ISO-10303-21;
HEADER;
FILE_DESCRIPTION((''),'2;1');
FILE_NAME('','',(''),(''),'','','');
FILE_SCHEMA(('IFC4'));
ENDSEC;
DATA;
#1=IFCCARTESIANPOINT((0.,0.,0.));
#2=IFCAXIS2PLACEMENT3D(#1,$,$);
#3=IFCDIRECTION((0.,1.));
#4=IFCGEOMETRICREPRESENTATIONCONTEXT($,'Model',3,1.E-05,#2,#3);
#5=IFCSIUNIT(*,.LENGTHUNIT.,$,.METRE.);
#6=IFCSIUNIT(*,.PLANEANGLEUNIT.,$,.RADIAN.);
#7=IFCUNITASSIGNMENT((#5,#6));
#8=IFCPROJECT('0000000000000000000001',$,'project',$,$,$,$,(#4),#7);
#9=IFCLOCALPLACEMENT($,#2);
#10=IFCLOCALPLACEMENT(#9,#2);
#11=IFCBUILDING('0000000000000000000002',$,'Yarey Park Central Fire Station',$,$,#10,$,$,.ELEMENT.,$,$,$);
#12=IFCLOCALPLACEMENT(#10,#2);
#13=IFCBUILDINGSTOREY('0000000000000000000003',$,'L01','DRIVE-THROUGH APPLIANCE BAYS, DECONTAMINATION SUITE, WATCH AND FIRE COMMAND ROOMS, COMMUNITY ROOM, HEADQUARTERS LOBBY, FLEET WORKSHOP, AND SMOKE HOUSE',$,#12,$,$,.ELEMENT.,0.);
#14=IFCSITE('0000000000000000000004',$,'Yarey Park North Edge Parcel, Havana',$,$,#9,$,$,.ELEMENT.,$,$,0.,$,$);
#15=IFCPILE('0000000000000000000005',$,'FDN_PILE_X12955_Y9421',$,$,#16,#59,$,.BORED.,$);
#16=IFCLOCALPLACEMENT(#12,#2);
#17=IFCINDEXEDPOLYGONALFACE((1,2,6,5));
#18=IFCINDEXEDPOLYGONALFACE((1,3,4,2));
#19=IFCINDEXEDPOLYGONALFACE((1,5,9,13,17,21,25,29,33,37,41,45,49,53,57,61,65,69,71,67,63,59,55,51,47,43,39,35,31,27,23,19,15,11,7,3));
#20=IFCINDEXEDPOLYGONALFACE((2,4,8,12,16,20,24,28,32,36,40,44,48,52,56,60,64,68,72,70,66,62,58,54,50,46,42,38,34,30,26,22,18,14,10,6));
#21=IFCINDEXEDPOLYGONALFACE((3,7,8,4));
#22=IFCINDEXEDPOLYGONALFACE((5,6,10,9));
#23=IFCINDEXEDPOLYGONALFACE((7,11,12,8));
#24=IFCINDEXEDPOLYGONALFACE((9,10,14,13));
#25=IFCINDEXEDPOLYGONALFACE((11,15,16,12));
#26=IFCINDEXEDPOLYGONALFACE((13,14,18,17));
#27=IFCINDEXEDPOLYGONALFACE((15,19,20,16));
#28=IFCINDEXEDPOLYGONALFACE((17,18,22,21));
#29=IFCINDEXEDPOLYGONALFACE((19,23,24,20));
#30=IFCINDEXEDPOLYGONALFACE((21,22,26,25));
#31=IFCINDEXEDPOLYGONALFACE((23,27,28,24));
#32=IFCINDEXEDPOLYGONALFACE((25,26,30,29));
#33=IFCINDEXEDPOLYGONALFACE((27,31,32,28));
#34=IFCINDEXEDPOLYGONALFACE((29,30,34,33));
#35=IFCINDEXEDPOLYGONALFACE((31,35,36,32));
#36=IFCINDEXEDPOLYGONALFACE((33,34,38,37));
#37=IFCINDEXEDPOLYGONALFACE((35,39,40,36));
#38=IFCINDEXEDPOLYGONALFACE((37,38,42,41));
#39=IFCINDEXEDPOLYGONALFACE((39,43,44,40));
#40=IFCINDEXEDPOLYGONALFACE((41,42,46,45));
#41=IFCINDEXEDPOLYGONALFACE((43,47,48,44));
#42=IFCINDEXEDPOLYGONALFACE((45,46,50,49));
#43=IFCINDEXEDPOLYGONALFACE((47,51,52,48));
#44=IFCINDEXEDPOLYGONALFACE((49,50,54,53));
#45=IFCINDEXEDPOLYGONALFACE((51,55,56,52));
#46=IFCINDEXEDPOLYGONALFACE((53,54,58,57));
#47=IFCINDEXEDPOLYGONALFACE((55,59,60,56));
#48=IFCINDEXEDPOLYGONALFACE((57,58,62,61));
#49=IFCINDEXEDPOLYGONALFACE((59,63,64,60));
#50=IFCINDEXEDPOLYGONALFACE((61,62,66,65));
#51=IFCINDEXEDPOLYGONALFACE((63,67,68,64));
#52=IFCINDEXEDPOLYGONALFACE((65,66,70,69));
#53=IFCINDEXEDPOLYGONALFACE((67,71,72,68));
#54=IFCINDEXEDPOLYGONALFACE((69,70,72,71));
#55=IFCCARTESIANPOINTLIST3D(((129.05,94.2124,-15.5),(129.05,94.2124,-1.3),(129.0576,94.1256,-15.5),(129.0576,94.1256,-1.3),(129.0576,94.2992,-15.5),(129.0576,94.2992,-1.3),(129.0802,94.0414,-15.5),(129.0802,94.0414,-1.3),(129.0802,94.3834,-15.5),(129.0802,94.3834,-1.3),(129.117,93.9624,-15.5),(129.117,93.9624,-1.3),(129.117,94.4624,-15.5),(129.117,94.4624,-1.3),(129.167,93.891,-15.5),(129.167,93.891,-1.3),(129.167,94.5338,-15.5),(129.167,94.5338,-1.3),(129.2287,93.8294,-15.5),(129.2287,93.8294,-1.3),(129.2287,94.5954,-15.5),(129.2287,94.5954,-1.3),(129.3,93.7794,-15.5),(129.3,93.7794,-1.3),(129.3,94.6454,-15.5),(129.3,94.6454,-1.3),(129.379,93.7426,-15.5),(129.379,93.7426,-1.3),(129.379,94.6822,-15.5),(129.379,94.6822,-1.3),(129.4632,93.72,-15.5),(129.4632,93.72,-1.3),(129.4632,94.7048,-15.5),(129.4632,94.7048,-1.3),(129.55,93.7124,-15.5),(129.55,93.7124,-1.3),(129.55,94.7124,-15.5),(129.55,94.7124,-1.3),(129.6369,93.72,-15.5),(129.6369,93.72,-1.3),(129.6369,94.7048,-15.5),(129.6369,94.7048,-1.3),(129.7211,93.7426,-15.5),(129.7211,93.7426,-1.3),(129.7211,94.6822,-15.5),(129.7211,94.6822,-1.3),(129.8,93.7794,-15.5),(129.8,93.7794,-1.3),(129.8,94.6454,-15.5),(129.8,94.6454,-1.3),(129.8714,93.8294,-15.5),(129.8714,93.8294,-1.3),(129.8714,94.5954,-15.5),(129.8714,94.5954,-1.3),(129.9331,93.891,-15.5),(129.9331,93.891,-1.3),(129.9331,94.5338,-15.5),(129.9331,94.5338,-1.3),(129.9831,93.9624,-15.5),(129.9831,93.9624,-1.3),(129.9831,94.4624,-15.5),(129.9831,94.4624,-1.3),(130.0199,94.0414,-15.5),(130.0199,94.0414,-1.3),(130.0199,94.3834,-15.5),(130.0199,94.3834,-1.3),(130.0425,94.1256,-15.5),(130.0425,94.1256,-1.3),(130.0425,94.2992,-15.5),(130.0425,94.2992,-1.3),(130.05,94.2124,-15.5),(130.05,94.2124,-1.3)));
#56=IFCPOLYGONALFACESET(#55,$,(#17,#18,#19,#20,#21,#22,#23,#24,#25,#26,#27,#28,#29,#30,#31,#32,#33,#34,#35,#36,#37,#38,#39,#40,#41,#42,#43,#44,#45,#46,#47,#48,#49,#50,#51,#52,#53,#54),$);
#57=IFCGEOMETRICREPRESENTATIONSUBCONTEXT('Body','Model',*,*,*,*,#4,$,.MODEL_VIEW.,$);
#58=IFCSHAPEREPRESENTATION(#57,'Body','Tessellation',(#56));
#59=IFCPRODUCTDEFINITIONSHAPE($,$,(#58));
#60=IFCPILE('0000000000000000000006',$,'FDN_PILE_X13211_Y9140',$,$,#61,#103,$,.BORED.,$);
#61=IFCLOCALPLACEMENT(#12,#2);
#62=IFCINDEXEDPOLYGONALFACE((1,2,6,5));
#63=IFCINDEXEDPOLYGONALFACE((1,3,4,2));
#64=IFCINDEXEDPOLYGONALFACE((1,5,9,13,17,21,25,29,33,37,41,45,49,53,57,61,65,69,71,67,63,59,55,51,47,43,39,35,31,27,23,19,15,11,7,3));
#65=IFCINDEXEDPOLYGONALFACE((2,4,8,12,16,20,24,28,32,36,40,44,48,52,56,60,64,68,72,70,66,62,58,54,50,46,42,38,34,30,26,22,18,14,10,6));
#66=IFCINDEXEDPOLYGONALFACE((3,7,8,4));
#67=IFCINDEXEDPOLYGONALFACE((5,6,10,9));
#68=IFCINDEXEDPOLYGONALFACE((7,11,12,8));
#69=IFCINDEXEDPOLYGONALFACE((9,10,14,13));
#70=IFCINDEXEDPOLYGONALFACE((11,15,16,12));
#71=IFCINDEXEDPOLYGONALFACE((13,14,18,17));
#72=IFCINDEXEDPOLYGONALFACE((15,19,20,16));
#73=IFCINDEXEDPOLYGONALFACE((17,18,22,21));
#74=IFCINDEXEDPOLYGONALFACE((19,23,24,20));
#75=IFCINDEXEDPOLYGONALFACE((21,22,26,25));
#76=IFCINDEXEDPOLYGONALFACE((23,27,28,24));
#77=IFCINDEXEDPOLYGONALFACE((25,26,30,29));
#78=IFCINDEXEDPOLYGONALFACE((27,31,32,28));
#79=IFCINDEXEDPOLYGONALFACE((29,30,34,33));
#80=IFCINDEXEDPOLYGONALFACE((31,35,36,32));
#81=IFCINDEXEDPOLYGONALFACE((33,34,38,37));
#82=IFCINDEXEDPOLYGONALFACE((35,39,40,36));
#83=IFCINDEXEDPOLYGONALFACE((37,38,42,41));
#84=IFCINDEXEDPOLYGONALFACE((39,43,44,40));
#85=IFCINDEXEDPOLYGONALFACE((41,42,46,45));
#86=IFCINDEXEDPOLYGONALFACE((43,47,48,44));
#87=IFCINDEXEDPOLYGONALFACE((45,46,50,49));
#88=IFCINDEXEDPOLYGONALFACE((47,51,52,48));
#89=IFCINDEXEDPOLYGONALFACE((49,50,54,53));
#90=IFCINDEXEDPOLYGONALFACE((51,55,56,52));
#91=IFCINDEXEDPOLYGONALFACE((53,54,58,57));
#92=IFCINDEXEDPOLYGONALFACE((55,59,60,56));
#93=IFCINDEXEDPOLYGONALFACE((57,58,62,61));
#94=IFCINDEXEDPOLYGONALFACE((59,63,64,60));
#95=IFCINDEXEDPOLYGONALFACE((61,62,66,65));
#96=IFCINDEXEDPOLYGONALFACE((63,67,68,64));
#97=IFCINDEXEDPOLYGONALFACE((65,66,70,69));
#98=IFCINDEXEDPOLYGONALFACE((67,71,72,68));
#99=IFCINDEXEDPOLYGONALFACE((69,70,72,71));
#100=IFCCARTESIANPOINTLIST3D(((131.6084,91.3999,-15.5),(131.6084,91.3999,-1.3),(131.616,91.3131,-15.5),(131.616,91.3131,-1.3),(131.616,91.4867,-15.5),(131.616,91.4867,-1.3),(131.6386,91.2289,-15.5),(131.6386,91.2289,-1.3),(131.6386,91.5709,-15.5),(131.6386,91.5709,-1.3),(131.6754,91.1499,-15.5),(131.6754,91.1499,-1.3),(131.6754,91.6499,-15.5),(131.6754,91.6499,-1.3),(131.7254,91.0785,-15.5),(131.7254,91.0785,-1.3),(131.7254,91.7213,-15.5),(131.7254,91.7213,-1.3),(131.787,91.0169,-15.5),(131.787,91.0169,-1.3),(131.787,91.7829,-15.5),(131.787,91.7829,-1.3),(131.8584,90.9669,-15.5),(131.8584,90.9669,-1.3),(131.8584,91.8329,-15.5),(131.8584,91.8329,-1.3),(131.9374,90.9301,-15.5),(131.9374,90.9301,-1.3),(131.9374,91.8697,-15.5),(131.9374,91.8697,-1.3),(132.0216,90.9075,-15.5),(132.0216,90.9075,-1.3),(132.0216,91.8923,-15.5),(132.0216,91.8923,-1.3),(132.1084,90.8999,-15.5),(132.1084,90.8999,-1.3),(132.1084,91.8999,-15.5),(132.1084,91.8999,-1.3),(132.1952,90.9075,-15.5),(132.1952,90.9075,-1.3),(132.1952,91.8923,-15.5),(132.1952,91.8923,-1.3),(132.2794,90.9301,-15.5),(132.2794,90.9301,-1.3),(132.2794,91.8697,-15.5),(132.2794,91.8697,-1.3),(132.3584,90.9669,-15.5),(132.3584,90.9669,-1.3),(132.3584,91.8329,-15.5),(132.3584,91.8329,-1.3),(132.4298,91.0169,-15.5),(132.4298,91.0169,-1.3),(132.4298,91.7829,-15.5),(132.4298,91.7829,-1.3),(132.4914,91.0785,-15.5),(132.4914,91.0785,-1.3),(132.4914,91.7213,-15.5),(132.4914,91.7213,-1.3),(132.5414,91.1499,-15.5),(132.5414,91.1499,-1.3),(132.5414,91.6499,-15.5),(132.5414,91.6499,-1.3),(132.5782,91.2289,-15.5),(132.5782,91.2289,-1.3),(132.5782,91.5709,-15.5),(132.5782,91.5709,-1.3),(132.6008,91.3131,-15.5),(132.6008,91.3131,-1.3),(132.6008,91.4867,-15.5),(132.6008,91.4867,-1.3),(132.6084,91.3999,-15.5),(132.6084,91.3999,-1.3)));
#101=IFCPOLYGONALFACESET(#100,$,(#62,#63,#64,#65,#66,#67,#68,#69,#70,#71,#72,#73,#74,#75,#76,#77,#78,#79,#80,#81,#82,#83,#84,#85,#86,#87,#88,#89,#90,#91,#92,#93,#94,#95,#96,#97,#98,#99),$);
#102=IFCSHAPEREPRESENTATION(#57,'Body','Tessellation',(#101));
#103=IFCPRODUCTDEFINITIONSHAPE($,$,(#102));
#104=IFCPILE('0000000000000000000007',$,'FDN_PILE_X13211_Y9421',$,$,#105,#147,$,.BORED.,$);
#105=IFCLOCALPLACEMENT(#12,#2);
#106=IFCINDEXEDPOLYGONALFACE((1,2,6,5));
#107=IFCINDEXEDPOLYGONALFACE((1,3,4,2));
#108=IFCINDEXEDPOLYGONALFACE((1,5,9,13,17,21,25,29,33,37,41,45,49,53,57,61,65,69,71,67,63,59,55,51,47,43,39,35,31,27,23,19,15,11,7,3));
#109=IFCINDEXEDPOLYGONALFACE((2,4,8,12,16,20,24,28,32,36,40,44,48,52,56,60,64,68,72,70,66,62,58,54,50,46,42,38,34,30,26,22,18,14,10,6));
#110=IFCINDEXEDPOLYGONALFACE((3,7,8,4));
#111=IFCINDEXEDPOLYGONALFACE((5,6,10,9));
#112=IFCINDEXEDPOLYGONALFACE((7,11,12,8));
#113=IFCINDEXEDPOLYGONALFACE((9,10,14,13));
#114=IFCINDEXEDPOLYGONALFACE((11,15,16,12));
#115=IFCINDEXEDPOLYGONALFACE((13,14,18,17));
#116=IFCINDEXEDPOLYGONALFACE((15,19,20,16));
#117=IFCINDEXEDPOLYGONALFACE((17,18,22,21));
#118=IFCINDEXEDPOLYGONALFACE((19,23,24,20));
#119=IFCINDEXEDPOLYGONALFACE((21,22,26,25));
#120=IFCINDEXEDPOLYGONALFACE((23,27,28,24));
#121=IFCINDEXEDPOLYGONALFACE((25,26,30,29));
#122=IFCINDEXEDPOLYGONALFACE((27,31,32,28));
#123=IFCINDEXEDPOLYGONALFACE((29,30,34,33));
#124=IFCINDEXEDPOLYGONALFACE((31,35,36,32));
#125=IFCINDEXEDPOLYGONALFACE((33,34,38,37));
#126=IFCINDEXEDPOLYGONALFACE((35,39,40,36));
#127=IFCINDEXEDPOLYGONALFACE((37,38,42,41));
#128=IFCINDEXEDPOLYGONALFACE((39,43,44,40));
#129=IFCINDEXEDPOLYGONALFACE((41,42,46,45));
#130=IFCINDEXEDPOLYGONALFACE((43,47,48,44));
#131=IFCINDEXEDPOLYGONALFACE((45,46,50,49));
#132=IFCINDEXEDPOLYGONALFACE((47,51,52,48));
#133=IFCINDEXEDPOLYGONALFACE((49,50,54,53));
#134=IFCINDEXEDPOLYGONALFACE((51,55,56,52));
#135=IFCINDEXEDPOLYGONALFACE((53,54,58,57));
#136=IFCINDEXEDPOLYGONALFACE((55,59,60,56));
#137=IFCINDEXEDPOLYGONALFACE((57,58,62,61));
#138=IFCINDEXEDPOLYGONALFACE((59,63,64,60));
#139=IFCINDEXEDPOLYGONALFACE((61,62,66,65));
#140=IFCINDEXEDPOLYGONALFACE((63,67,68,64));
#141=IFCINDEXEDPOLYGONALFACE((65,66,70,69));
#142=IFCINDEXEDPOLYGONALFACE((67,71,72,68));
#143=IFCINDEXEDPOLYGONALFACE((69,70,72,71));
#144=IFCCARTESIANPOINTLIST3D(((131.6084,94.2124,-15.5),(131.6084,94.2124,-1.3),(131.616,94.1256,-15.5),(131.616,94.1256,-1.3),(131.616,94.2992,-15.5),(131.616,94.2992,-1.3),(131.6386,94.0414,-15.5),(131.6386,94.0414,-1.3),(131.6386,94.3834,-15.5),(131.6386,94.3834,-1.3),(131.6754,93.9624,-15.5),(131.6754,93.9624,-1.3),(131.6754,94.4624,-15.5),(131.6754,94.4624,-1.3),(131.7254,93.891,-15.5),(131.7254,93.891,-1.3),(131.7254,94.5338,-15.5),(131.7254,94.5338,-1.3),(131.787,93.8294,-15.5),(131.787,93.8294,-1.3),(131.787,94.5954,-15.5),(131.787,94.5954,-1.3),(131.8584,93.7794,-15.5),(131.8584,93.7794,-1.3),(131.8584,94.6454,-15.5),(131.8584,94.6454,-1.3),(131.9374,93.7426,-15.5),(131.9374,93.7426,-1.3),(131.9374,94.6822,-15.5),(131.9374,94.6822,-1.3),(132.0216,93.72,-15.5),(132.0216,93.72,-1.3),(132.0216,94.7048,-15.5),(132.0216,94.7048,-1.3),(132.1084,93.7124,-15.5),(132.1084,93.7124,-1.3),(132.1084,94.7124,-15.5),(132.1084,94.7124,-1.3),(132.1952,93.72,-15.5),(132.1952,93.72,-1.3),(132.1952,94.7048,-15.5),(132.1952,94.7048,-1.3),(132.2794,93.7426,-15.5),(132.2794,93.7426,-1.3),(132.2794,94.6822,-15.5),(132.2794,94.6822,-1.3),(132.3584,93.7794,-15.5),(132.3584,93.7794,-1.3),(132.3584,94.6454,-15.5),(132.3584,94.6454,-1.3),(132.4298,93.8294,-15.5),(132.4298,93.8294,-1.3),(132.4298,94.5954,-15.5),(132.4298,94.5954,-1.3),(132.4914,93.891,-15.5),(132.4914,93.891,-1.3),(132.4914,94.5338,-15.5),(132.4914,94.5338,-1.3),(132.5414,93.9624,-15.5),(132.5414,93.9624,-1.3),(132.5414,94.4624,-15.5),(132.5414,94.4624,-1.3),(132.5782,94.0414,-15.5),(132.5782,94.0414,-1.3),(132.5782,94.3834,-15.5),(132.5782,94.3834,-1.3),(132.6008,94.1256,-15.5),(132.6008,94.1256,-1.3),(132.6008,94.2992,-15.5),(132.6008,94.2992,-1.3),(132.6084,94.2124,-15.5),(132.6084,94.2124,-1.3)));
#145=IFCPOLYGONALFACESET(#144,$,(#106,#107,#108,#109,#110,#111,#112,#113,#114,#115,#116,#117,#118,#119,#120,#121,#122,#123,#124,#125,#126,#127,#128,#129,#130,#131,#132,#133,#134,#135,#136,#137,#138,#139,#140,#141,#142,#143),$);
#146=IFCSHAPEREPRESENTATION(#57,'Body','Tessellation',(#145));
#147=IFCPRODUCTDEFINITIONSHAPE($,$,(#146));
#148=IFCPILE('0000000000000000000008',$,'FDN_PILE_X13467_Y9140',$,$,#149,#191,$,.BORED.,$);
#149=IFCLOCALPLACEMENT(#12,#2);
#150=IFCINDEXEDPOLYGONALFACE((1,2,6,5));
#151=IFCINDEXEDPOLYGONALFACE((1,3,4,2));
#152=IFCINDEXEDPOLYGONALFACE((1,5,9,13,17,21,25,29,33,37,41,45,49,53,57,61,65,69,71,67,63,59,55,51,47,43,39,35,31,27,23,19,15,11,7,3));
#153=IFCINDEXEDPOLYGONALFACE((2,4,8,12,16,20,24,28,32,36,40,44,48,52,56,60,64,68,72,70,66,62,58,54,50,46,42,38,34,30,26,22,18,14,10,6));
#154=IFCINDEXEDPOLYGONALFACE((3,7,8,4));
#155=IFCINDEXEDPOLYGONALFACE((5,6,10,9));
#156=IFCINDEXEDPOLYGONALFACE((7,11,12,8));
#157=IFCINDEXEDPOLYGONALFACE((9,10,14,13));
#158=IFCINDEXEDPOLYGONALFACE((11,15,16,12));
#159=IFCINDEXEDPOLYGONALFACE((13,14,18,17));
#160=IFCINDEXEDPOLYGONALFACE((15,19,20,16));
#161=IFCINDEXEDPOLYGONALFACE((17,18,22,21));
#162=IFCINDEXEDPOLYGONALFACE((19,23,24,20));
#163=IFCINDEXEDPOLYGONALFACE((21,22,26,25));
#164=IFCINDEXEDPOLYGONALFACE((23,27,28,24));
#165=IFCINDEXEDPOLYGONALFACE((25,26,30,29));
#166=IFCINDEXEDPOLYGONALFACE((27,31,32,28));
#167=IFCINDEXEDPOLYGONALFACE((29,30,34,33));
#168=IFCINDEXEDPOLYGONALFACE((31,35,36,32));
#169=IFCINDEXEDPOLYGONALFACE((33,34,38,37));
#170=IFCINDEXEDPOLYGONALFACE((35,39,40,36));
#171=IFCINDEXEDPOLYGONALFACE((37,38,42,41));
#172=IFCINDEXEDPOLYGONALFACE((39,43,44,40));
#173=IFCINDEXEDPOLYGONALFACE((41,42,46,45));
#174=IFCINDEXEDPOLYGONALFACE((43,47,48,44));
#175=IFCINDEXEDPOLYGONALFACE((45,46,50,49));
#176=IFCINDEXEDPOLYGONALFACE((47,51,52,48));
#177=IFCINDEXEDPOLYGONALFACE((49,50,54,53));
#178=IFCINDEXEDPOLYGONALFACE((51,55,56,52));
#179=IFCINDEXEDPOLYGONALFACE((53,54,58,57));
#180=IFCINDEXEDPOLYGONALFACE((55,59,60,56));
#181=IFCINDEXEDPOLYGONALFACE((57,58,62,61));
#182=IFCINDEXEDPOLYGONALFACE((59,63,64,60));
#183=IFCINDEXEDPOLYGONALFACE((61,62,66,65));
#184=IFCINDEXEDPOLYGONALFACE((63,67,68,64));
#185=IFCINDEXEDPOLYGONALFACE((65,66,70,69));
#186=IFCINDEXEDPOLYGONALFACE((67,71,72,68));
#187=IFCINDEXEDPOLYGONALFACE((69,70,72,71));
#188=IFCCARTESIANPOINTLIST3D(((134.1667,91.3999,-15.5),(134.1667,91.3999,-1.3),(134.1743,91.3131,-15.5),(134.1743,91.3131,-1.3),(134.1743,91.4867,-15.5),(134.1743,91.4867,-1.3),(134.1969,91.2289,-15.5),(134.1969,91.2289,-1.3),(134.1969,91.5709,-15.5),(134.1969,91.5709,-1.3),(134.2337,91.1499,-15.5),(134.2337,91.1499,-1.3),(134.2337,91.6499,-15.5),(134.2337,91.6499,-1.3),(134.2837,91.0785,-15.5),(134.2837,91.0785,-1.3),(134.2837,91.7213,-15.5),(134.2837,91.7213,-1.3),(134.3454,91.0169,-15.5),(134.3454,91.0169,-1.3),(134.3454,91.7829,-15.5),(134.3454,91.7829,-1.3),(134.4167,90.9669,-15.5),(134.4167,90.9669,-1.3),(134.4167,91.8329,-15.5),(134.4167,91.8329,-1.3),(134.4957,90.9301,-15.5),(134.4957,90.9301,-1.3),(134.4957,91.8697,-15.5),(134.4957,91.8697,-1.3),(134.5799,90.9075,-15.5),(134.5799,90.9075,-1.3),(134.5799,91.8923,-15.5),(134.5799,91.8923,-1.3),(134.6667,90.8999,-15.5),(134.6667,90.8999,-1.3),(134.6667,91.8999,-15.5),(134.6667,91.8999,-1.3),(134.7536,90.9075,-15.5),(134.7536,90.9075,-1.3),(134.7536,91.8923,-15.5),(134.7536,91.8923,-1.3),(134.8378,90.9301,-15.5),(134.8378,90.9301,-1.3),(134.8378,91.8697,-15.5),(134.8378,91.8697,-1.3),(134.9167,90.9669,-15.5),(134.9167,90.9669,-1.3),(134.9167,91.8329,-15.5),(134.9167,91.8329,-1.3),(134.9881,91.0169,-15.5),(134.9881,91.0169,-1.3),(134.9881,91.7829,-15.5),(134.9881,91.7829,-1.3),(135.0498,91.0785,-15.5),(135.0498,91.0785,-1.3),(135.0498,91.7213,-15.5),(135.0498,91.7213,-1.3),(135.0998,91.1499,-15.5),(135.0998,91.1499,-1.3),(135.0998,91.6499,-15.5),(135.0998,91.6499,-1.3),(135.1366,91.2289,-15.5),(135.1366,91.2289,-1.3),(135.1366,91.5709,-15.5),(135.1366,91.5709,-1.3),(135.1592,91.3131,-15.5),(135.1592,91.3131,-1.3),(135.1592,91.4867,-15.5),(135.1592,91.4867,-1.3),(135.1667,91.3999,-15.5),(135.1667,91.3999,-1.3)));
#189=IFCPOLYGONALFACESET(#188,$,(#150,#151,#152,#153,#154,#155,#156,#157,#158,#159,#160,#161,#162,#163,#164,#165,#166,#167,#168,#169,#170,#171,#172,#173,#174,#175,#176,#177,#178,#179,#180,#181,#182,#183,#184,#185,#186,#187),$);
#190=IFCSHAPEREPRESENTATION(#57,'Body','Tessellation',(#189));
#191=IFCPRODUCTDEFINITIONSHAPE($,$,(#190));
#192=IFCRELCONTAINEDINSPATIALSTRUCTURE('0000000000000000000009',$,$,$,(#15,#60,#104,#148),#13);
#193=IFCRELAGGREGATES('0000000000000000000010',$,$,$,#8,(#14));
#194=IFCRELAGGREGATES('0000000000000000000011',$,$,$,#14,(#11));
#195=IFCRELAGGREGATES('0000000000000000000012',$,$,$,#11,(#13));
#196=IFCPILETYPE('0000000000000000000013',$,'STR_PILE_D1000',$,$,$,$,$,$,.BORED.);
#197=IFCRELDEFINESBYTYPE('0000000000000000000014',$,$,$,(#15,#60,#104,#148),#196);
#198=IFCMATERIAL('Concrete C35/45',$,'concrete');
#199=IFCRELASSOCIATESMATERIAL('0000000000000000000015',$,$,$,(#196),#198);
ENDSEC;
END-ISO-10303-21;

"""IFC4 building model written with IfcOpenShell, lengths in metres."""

from ifc_helpers import new_model, si_unit, direction, frame, origin, origin_2d, place, context, subcontext, project, spatial, circle, extrude, material, material_profile, profile_set, type_object, element, save


model = new_model("IFC4")

# Units and contexts
model_context = context("Model", 3, precision=1e-05, world=origin(), true_north=direction((0.0, 1.0)))
body_context = subcontext(model_context, "Body", "Model", "MODEL_VIEW")
ifc_project = project(units=[si_unit("LENGTHUNIT", "METRE"), si_unit("PLANEANGLEUNIT", "RADIAN")], contexts=[model_context])

# Site, building, storey
site_placement = place(None, origin())
site = spatial("IfcSite", under=ifc_project, at=site_placement, Name="Yarey Park North Edge Parcel, Havana", CompositionType="ELEMENT", RefElevation=0.0)
building_placement = place(site_placement, origin())
building = spatial("IfcBuilding", under=site, at=building_placement, Name="Yarey Park Central Fire Station", CompositionType="ELEMENT")
storey_placement = place(building_placement, origin())
storey = spatial("IfcBuildingStorey", under=building, at=storey_placement, Name="L01", Description="DRIVE-THROUGH APPLIANCE BAYS, DECONTAMINATION SUITE, WATCH AND FIRE COMMAND ROOMS, COMMUNITY ROOM, HEADQUARTERS LOBBY, FLEET WORKSHOP, AND SMOKE HOUSE", CompositionType="ELEMENT", Elevation=0.0)

# Shared definitions
ifc_material_1 = material(Name="Concrete C35/45", Category="concrete")

# Piles
ifc_material_profile_1 = material_profile(ifc_material_1, circle(Radius=0.5, at=origin_2d()), Name="BORED PILE D1000")
ifc_profile_set_1 = profile_set([ifc_material_profile_1], Name="Concrete C35/45")
pile_type_1 = type_object("IfcPileType", Name="STR_PILE_D1000", PredefinedType="BORED", material=ifc_profile_set_1)
for number, where, z_axis, x_axis, name in (
    (1, (129.55, 94.2124, -1.3), (0.0, 0.0, -1.0), (1.0, 0.0, 0.0), "FDN_PILE_X12955_Y9421"),
    (2, (132.1084, 91.3999, -1.3), (0.0, 0.0, -1.0), (1.0, 0.0, 0.0), "FDN_PILE_X13211_Y9140"),
    (3, (132.1084, 94.2124, -1.3), (0.0, 0.0, -1.0), (1.0, 0.0, 0.0), "FDN_PILE_X13211_Y9421"),
    (4, (134.6667, 91.3999, -1.3), (0.0, 0.0, -1.0), (1.0, 0.0, 0.0), "FDN_PILE_X13467_Y9140"),
):
    element("IfcPile", number, at=place(storey_placement, frame(where, z_axis=z_axis, x_axis=x_axis)), inside=storey, type_object=pile_type_1, Name=name, PredefinedType="BORED", context=body_context, shape_type="SweptSolid", body=[
        extrude(circle(Radius=0.5, at=origin_2d()), origin(), (0.0, 0.0, 1.0), 14.2),
    ])

save(model, "model.ifc")
